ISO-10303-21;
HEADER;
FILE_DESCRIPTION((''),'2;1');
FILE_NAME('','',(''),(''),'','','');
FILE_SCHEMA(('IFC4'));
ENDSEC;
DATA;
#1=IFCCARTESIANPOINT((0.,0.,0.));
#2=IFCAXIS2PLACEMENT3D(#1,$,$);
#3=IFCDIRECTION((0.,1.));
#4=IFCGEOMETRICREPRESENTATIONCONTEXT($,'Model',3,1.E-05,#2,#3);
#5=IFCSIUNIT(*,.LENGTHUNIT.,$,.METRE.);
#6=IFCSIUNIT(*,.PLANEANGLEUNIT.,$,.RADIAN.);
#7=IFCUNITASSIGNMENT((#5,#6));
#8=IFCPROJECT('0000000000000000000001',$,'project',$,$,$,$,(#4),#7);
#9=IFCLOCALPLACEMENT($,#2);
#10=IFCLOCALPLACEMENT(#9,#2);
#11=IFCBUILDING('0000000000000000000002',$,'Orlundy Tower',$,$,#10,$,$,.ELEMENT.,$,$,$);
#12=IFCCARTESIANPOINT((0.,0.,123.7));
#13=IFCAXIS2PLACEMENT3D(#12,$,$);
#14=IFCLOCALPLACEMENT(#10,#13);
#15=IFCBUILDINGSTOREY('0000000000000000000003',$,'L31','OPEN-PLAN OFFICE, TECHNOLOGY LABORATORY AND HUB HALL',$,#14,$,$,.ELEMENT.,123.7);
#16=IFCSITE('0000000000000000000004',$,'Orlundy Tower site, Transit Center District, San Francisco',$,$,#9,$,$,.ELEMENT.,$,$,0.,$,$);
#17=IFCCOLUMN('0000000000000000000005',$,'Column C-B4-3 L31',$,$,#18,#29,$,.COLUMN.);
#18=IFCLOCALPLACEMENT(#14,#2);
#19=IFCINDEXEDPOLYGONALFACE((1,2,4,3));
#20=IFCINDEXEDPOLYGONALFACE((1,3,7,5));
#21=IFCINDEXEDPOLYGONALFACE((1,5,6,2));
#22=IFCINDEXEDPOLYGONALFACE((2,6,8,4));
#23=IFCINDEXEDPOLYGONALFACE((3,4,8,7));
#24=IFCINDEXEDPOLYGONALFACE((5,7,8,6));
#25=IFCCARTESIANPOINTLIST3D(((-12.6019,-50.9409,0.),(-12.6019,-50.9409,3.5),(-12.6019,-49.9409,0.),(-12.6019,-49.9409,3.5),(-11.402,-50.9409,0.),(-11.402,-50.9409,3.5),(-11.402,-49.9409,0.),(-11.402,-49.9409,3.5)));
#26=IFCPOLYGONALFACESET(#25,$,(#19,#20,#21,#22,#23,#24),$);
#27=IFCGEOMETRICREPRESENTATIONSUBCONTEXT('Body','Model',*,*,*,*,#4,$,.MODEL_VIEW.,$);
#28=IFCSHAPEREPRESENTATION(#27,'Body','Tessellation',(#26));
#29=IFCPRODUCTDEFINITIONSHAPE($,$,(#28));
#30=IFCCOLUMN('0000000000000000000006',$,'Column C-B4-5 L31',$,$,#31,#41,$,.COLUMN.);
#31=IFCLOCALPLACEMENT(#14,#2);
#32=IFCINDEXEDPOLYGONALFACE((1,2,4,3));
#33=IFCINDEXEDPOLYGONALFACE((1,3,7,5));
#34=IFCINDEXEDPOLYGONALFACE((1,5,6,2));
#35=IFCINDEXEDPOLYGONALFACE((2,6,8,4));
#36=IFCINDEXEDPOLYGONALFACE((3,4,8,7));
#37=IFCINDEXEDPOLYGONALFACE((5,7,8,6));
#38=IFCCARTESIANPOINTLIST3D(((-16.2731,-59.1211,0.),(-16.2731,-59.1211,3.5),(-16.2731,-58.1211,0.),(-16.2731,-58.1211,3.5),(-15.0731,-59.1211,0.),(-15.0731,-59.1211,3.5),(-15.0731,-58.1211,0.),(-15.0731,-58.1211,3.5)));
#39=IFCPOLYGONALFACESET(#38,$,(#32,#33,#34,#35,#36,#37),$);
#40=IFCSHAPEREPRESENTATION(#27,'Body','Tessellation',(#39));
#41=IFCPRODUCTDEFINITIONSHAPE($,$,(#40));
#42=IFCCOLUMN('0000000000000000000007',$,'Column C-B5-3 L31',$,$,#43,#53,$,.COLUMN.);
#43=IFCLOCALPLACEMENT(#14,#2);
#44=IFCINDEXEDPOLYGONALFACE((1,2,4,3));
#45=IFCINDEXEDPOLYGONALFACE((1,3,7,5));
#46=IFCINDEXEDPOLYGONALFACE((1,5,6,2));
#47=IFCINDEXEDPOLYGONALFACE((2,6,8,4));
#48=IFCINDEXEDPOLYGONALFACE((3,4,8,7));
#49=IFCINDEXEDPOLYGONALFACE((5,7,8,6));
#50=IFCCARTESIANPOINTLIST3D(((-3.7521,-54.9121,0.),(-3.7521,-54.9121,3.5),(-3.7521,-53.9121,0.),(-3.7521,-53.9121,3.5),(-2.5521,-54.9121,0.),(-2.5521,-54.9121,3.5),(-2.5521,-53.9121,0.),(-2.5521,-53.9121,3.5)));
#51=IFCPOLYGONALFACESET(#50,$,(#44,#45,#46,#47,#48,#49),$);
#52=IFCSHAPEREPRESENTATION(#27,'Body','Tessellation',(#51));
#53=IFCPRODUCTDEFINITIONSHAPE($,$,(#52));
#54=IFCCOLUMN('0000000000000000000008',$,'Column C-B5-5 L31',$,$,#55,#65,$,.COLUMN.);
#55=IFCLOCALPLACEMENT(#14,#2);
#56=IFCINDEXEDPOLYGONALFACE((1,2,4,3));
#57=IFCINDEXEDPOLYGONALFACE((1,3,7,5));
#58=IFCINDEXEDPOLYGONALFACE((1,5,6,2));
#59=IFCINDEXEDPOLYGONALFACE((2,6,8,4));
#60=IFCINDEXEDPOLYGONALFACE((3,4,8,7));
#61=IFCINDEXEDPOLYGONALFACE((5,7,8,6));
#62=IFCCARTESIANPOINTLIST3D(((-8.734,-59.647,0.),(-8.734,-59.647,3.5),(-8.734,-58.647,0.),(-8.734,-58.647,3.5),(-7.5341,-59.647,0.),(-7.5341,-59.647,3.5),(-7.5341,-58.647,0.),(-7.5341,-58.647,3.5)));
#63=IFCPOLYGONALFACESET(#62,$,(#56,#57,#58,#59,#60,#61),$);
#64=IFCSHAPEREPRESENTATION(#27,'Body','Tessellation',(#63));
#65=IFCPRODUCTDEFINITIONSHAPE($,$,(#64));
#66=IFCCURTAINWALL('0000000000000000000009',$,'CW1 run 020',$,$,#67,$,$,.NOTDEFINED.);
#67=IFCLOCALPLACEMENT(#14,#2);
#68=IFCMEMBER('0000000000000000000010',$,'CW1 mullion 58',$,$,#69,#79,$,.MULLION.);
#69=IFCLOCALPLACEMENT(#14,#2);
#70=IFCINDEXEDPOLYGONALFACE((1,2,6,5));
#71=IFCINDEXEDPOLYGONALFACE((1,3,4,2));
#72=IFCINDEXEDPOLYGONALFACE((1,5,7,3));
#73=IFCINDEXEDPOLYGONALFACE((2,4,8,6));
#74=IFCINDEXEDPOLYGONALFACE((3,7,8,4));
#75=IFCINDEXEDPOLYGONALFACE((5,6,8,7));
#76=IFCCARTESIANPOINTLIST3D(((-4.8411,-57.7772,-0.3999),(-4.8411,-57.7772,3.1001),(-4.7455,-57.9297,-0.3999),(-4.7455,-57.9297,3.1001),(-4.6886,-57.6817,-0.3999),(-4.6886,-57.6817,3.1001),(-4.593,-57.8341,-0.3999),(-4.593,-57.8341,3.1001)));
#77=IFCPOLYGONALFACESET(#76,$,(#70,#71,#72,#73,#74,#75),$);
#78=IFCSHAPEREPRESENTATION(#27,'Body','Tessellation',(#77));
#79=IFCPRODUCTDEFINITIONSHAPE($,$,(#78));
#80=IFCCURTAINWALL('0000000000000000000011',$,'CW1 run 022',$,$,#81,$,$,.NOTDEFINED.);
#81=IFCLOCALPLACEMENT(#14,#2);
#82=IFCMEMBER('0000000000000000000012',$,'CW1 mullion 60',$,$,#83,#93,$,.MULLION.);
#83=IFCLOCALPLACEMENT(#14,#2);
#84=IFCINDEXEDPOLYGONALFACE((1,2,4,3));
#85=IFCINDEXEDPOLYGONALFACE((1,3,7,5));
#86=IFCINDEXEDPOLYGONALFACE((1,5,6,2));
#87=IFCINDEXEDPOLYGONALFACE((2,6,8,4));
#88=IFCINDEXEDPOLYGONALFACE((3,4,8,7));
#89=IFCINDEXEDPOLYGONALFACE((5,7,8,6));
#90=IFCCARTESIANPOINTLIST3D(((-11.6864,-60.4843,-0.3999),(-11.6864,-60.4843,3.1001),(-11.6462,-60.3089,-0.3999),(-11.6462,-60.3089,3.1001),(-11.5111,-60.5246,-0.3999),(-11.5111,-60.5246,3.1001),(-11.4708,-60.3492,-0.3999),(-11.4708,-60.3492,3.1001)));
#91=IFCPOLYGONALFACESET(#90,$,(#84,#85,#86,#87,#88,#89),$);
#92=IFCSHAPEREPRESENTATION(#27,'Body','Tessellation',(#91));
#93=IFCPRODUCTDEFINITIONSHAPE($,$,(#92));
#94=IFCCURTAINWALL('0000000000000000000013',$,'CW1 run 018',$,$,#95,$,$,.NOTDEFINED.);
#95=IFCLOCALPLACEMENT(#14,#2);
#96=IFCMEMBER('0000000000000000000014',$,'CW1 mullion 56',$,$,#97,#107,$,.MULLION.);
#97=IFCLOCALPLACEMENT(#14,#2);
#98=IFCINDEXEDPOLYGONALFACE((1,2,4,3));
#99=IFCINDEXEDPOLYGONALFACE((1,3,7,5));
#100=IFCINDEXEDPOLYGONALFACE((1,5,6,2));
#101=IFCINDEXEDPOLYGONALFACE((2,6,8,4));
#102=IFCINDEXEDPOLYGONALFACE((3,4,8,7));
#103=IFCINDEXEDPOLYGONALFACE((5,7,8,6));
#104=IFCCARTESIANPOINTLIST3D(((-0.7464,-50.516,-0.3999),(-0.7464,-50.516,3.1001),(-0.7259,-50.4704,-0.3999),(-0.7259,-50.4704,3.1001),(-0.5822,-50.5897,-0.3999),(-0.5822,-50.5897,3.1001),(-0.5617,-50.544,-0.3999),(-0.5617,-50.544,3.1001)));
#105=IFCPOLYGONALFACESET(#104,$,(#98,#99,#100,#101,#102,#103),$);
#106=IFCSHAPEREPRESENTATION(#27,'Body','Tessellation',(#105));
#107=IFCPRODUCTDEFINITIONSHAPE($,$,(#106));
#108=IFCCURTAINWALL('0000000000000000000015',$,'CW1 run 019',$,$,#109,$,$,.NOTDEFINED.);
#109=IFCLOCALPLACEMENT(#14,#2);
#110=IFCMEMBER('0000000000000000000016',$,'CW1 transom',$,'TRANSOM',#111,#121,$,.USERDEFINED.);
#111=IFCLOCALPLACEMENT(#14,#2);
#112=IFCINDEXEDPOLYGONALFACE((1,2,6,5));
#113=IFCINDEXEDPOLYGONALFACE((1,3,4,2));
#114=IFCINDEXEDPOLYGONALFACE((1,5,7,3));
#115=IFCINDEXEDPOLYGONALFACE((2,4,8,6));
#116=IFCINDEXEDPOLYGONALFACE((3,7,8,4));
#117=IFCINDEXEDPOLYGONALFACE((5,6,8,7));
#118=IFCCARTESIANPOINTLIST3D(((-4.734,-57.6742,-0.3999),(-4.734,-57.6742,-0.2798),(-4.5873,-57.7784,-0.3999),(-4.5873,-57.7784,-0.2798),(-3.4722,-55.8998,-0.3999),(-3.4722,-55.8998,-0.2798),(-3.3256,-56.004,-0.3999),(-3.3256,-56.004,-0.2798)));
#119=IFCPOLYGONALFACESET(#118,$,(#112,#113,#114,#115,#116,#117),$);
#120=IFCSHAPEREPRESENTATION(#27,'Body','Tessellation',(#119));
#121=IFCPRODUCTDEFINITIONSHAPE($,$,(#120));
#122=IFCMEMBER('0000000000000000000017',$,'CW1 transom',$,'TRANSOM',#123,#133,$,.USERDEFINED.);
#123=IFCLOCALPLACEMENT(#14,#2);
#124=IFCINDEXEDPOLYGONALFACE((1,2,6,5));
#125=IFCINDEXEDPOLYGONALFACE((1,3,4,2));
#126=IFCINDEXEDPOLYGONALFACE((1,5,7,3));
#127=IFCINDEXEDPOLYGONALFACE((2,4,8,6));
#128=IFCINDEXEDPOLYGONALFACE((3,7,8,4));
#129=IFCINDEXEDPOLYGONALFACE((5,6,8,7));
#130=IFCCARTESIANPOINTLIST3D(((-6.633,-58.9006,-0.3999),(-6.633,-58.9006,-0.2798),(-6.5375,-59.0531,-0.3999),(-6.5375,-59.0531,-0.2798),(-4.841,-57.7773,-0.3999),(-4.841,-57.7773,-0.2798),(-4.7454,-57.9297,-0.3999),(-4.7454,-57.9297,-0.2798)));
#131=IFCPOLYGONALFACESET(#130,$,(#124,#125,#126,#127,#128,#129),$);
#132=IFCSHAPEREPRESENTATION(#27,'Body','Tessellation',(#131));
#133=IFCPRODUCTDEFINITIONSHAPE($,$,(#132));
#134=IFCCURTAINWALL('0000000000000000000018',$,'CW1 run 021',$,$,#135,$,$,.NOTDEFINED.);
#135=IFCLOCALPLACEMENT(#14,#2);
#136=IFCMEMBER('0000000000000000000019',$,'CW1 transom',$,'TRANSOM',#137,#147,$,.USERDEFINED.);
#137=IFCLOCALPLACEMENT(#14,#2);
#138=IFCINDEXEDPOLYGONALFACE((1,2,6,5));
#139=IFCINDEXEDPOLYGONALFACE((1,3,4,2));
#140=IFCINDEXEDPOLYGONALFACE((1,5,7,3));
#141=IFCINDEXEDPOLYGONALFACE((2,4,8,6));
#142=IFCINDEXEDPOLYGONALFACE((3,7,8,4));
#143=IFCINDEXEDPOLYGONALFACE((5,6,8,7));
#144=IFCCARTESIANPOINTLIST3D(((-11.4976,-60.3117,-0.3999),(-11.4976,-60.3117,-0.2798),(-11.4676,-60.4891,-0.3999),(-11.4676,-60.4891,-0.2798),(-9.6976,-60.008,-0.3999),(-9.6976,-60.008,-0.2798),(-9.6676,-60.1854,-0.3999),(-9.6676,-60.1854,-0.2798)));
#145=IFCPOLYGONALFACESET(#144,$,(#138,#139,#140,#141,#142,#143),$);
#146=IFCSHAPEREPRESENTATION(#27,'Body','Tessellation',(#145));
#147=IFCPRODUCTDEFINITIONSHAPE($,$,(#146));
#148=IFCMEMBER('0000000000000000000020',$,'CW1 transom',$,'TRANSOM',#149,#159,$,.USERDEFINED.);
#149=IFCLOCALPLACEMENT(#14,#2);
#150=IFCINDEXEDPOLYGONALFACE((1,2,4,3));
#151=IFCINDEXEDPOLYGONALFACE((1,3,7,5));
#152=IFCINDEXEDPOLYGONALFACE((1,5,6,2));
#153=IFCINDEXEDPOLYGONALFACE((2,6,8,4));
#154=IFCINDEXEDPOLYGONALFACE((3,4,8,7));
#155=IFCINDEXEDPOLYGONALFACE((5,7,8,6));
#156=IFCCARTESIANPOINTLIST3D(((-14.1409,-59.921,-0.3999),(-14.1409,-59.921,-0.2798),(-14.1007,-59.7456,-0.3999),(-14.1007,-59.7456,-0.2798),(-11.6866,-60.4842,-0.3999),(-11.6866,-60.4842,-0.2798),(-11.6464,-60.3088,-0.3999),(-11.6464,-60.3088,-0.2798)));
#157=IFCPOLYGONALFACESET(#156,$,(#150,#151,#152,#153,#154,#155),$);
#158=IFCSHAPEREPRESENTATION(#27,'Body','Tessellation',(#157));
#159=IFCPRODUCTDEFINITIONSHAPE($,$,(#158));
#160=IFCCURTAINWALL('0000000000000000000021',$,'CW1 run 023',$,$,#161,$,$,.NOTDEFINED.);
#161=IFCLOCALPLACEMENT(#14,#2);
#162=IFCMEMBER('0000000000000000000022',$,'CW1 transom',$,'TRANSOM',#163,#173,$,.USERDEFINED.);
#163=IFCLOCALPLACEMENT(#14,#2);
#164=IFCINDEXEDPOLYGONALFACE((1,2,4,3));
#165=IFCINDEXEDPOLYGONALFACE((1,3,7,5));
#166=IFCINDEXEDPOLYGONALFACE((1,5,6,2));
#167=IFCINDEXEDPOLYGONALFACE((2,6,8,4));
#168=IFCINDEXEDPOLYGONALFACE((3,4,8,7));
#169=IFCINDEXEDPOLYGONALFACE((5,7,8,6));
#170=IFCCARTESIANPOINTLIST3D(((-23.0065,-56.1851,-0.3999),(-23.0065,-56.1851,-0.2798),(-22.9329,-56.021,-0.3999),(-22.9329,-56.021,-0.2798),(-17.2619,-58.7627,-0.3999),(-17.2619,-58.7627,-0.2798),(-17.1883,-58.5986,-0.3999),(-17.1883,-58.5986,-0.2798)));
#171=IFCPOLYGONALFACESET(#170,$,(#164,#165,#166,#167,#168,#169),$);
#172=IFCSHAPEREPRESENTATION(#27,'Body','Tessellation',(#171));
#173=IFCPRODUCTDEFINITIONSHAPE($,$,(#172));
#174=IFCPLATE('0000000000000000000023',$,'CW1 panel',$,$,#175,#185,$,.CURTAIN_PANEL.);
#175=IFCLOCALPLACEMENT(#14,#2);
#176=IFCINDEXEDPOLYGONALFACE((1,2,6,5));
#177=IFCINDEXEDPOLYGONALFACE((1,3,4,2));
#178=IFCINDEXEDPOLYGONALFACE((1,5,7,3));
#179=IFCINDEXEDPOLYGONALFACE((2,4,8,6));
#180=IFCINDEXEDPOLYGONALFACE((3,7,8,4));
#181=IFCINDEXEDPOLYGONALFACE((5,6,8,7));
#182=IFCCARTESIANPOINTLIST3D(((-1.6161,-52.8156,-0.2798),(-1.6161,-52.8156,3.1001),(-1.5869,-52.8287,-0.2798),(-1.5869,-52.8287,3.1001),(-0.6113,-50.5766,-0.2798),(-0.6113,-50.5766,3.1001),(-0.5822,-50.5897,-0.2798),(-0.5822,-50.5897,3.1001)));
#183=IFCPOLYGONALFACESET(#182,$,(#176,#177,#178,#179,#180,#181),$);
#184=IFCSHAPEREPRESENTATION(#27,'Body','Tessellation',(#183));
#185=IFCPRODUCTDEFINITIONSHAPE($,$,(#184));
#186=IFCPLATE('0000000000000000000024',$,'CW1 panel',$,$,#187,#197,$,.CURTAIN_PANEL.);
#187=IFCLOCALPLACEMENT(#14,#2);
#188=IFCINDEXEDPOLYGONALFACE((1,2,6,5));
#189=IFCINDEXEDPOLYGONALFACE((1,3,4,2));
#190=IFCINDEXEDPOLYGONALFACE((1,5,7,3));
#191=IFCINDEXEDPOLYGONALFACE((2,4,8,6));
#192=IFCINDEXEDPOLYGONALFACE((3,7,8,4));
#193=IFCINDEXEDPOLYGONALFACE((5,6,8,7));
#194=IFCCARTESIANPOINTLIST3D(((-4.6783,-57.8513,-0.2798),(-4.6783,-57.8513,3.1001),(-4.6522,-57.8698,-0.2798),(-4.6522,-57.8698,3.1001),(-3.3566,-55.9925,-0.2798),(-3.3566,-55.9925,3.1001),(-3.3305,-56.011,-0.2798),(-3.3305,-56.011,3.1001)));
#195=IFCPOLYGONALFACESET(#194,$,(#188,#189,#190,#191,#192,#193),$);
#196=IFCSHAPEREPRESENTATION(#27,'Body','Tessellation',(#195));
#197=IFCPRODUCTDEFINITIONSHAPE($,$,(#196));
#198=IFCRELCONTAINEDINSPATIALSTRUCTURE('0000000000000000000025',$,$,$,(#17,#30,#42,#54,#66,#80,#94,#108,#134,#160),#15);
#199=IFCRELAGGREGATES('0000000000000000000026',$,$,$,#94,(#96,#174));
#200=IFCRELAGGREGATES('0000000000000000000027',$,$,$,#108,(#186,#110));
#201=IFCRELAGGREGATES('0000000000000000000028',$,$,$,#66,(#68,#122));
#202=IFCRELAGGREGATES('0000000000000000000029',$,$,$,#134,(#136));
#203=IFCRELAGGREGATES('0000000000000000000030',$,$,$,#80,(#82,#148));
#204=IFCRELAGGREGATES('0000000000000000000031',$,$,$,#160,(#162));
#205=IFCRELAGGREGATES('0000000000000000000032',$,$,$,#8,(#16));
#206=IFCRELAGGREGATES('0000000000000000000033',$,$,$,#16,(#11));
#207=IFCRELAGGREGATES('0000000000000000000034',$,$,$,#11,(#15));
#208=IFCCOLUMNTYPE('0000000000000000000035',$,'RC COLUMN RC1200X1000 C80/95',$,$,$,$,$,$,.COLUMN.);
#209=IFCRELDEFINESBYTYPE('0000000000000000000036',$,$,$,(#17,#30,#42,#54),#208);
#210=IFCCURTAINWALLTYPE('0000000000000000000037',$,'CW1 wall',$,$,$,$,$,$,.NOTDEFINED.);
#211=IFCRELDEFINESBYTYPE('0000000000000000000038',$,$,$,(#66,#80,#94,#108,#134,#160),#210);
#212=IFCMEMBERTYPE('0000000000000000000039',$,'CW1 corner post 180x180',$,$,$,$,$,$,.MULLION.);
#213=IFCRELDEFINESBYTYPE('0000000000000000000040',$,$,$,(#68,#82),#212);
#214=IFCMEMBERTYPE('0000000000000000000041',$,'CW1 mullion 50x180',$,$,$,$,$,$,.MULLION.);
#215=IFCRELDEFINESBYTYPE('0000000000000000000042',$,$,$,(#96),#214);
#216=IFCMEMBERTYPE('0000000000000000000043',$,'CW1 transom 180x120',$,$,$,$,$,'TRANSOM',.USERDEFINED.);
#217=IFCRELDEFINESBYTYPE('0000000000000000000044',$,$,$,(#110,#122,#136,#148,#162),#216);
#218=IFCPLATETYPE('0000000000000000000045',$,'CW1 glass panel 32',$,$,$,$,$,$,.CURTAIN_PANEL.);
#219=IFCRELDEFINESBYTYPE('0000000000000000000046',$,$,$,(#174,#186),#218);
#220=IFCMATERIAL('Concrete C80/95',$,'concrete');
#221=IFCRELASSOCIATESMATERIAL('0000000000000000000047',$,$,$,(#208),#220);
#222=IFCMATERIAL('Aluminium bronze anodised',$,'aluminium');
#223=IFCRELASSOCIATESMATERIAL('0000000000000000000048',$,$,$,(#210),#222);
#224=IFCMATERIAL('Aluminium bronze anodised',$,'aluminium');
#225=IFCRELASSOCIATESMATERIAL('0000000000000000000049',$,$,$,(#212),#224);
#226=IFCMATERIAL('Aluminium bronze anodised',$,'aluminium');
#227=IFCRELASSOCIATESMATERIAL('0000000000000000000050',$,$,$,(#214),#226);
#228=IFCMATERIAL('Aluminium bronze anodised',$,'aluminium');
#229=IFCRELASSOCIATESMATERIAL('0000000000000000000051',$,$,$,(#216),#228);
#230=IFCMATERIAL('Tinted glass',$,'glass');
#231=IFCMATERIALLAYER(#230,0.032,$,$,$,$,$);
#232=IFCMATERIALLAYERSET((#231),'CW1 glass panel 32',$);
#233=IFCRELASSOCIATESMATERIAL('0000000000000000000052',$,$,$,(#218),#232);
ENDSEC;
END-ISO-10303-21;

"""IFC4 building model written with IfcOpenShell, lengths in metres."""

from ifc_helpers import new_model, si_unit, direction, frame, origin, origin_2d, place, context, subcontext, project, spatial, rectangle, extrude, material, layer, layer_set, material_profile, profile_set, type_object, element, aggregate, save


model = new_model("IFC4")

# Units and contexts
model_context = context("Model", 3, precision=1e-05, world=origin(), true_north=direction((0.0, 1.0)))
body_context = subcontext(model_context, "Body", "Model", "MODEL_VIEW")
ifc_project = project(units=[si_unit("LENGTHUNIT", "METRE"), si_unit("PLANEANGLEUNIT", "RADIAN")], contexts=[model_context])

# Site, building, storey
site_placement = place(None, origin())
site = spatial("IfcSite", under=ifc_project, at=site_placement, Name="Orlundy Tower site, Transit Center District, San Francisco", CompositionType="ELEMENT", RefElevation=0.0)
building_placement = place(site_placement, origin())
building = spatial("IfcBuilding", under=site, at=building_placement, Name="Orlundy Tower", CompositionType="ELEMENT")
storey_placement = place(building_placement, frame((0.0, 0.0, 123.7)))
storey = spatial("IfcBuildingStorey", under=building, at=storey_placement, Name="L31", Description="OPEN-PLAN OFFICE, TECHNOLOGY LABORATORY AND HUB HALL", CompositionType="ELEMENT", Elevation=123.7)

# Columns
ifc_material_1 = material(Name="Concrete C80/95", Category="concrete")
ifc_material_profile_1 = material_profile(ifc_material_1, rectangle(XDim=1.2, YDim=1.0, at=origin_2d()), Name="RC1200X1000")
ifc_profile_set_1 = profile_set([ifc_material_profile_1], Name="Concrete C80/95")
column_type = type_object("IfcColumnType", Name="RC COLUMN RC1200X1000 C80/95", PredefinedType="COLUMN", material=ifc_profile_set_1)
for number, where, z_axis, x_axis, name in (
    (1, (-12.002, -50.4409, 0.0), (0.0, 0.0, 1.0), (1.0, 0.0, 0.0), "Column C-B4-3 L31"),
    (2, (-15.6731, -58.6211, 0.0), (0.0, 0.0, 1.0), (1.0, 0.0, 0.0), "Column C-B4-5 L31"),
    (3, (-3.1521, -54.4121, 0.0), (0.0, 0.0, 1.0), (1.0, 0.0, 0.0), "Column C-B5-3 L31"),
    (4, (-8.134, -59.147, 0.0), (0.0, 0.0, 1.0), (1.0, 0.0, 0.0), "Column C-B5-5 L31"),
):
    element("IfcColumn", number, at=place(storey_placement, frame(where, z_axis=z_axis, x_axis=x_axis)), inside=storey, type_object=column_type, Name=name, PredefinedType="COLUMN", context=body_context, shape_type="SweptSolid", body=[
        extrude(rectangle(XDim=1.2, YDim=1.0, at=origin_2d()), origin(), (0.0, 0.0, 1.0), 3.5),
    ])

# Curtain walls, members
ifc_material_2 = material(Name="Aluminium bronze anodised", Category="aluminium")
curtain_wall_type = type_object("IfcCurtainWallType", Name="CW1 wall", PredefinedType="NOTDEFINED", material=ifc_material_2)
curtain_wall_1_placement = place(storey_placement, origin())
curtain_wall_1 = element("IfcCurtainWall", 5, at=curtain_wall_1_placement, inside=storey, type_object=curtain_wall_type, Name="CW1 run 020", PredefinedType="NOTDEFINED")
ifc_material_3 = material(Name="Aluminium bronze anodised", Category="aluminium")
ifc_material_profile_2 = material_profile(ifc_material_3, rectangle(XDim=0.1799, YDim=0.1799, at=origin_2d()), Name="CW1 corner post 180x180")
ifc_profile_set_2 = profile_set([ifc_material_profile_2], Name="Aluminium bronze anodised")
member_type_1 = type_object("IfcMemberType", Name="CW1 corner post 180x180", PredefinedType="MULLION", material=ifc_profile_set_2)
member_1_placement = place(storey_placement, frame((-4.717, -57.8057, -0.3999), z_axis=(0.0, 0.0, 1.0), x_axis=(0.531138, -0.847285, 0.0)))
member_1 = element("IfcMember", 6, at=member_1_placement, type_object=member_type_1, Name="CW1 mullion 58", PredefinedType="MULLION", context=body_context, shape_type="SweptSolid", body=[
    extrude(rectangle(XDim=0.1799, YDim=0.1799, at=origin_2d()), origin(), (0.0, 0.0, 1.0), 3.5),
])
curtain_wall_2_placement = place(storey_placement, origin())
curtain_wall_2 = element("IfcCurtainWall", 7, at=curtain_wall_2_placement, inside=storey, type_object=curtain_wall_type, Name="CW1 run 022", PredefinedType="NOTDEFINED")
member_2_placement = place(storey_placement, frame((-11.5786, -60.4167, -0.3999), z_axis=(0.0, 0.0, 1.0), x_axis=(-0.223697, -0.974659, 0.0)))
member_2 = element("IfcMember", 8, at=member_2_placement, type_object=member_type_1, Name="CW1 mullion 60", PredefinedType="MULLION", context=body_context, shape_type="SweptSolid", body=[
    extrude(rectangle(XDim=0.1799, YDim=0.1799, at=origin_2d()), origin(), (0.0, 0.0, 1.0), 3.5),
])
curtain_wall_3_placement = place(storey_placement, origin())
curtain_wall_3 = element("IfcCurtainWall", 9, at=curtain_wall_3_placement, inside=storey, type_object=curtain_wall_type, Name="CW1 run 018", PredefinedType="NOTDEFINED")
ifc_material_4 = material(Name="Aluminium bronze anodised", Category="aluminium")
ifc_material_profile_3 = material_profile(ifc_material_4, rectangle(XDim=0.1799, YDim=0.05, at=origin_2d()), Name="CW1 mullion 50x180")
ifc_profile_set_3 = profile_set([ifc_material_profile_3], Name="Aluminium bronze anodised")
member_type_2 = type_object("IfcMemberType", Name="CW1 mullion 50x180", PredefinedType="MULLION", material=ifc_profile_set_3)
member_3_placement = place(storey_placement, frame((-0.6541, -50.53, -0.3999), z_axis=(0.0, 0.0, 1.0), x_axis=(0.912353, -0.409405, 0.0)))
member_3 = element("IfcMember", 10, at=member_3_placement, type_object=member_type_2, Name="CW1 mullion 56", PredefinedType="MULLION", context=body_context, shape_type="SweptSolid", body=[
    extrude(rectangle(XDim=0.1799, YDim=0.05, at=origin_2d()), origin(), (0.0, 0.0, 1.0), 3.5),
])
curtain_wall_4_placement = place(storey_placement, origin())
curtain_wall_4 = element("IfcCurtainWall", 11, at=curtain_wall_4_placement, inside=storey, type_object=curtain_wall_type, Name="CW1 run 019", PredefinedType="NOTDEFINED")
ifc_material_5 = material(Name="Aluminium bronze anodised", Category="aluminium")
ifc_material_profile_4 = material_profile(ifc_material_5, rectangle(XDim=0.1799, YDim=0.1201, at=origin_2d()), Name="CW1 transom 180x120")
ifc_profile_set_4 = profile_set([ifc_material_profile_4], Name="Aluminium bronze anodised")
member_type_3 = type_object("IfcMemberType", Name="CW1 transom 180x120", ElementType="TRANSOM", PredefinedType="USERDEFINED", material=ifc_profile_set_4)
member_4_placement = place(storey_placement, frame((-3.3989, -55.9519, -0.3398), z_axis=(-0.579497, -0.814974, 0.0), x_axis=(0.814974, -0.579497, 0.0)))
member_4 = element("IfcMember", 12, at=member_4_placement, type_object=member_type_3, Name="CW1 transom", ObjectType="TRANSOM", PredefinedType="USERDEFINED", context=body_context, shape_type="SweptSolid", body=[
    extrude(rectangle(XDim=0.1799, YDim=0.1201, at=origin_2d()), origin(), (0.0, 0.0, 1.0), 2.1772),
])

# Member
member_5_placement = place(storey_placement, frame((-4.7932, -57.8535, -0.3398), z_axis=(-0.847297, -0.531119, 0.0), x_axis=(0.531119, -0.847297, 0.0)))
member_5 = element("IfcMember", 13, at=member_5_placement, type_object=member_type_3, Name="CW1 transom", ObjectType="TRANSOM", PredefinedType="USERDEFINED", context=body_context, shape_type="SweptSolid", body=[
    extrude(rectangle(XDim=0.1799, YDim=0.1201, at=origin_2d()), origin(), (0.0, 0.0, 1.0), 2.115),
])

# Curtain wall, member
curtain_wall_5_placement = place(storey_placement, origin())
curtain_wall_5 = element("IfcCurtainWall", 14, at=curtain_wall_5_placement, inside=storey, type_object=curtain_wall_type, Name="CW1 run 021", PredefinedType="NOTDEFINED")
member_6_placement = place(storey_placement, frame((-9.6826, -60.0967, -0.3398), z_axis=(-0.986063, -0.166372, 0.0), x_axis=(0.166372, -0.986063, 0.0)))
member_6 = element("IfcMember", 15, at=member_6_placement, type_object=member_type_3, Name="CW1 transom", ObjectType="TRANSOM", PredefinedType="USERDEFINED", context=body_context, shape_type="SweptSolid", body=[
    extrude(rectangle(XDim=0.1799, YDim=0.1201, at=origin_2d()), origin(), (0.0, 0.0, 1.0), 1.8254),
])

# Member
member_7_placement = place(storey_placement, frame((-11.6665, -60.3965, -0.3398), z_axis=(-0.974665, 0.22367, 0.0), x_axis=(-0.22367, -0.974665, 0.0)))
member_7 = element("IfcMember", 16, at=member_7_placement, type_object=member_type_3, Name="CW1 transom", ObjectType="TRANSOM", PredefinedType="USERDEFINED", context=body_context, shape_type="SweptSolid", body=[
    extrude(rectangle(XDim=0.1799, YDim=0.1201, at=origin_2d()), origin(), (0.0, 0.0, 1.0), 2.5181),
])

# Curtain wall, member
curtain_wall_6_placement = place(storey_placement, origin())
curtain_wall_6 = element("IfcCurtainWall", 17, at=curtain_wall_6_placement, inside=storey, type_object=curtain_wall_type, Name="CW1 run 023", PredefinedType="NOTDEFINED")
member_8_placement = place(storey_placement, frame((-17.2251, -58.6807, -0.3398), z_axis=(-0.912364, 0.409381, 0.0), x_axis=(-0.409381, -0.912364, 0.0)))
member_8 = element("IfcMember", 18, at=member_8_placement, type_object=member_type_3, Name="CW1 transom", ObjectType="TRANSOM", PredefinedType="USERDEFINED", context=body_context, shape_type="SweptSolid", body=[
    extrude(rectangle(XDim=0.1799, YDim=0.1201, at=origin_2d()), origin(), (0.0, 0.0, 1.0), 6.2964),
])

# Plates
ifc_material_6 = material(Name="Tinted glass", Category="glass")
ifc_layer_1 = layer(ifc_material_6, 0.032)
ifc_layer_set_1 = layer_set([ifc_layer_1], Name="CW1 glass panel 32")
plate_type = type_object("IfcPlateType", Name="CW1 glass panel 32", PredefinedType="CURTAIN_PANEL", material=ifc_layer_set_1)
plate_1_placement = place(storey_placement, frame((-1.0991, -51.7026, -0.2798), z_axis=(0.0, 0.0, 1.0), x_axis=(-0.409405, -0.912353, 0.0)))
plate_1 = element("IfcPlate", 19, at=plate_1_placement, type_object=plate_type, Name="CW1 panel", PredefinedType="CURTAIN_PANEL", context=body_context, shape_type="SweptSolid", body=[
    extrude(rectangle(XDim=2.4541, YDim=0.032, at=origin_2d()), origin(), (0.0, 0.0, 1.0), 3.3799),
])
aggregate(curtain_wall_3, [member_3, plate_1])
plate_2_placement = place(storey_placement, frame((-4.0044, -56.9312, -0.2798), z_axis=(0.0, 0.0, 1.0), x_axis=(-0.579476, -0.814989, 0.0)))
plate_2 = element("IfcPlate", 20, at=plate_2_placement, type_object=plate_type, Name="CW1 panel", PredefinedType="CURTAIN_PANEL", context=body_context, shape_type="SweptSolid", body=[
    extrude(rectangle(XDim=2.2808, YDim=0.032, at=origin_2d()), origin(), (0.0, 0.0, 1.0), 3.3799),
])
aggregate(curtain_wall_4, [plate_2, member_4])
aggregate(curtain_wall_1, [member_1, member_5])
aggregate(curtain_wall_5, [member_6])
aggregate(curtain_wall_2, [member_2, member_7])
aggregate(curtain_wall_6, [member_8])

save(model, "model.ifc")
